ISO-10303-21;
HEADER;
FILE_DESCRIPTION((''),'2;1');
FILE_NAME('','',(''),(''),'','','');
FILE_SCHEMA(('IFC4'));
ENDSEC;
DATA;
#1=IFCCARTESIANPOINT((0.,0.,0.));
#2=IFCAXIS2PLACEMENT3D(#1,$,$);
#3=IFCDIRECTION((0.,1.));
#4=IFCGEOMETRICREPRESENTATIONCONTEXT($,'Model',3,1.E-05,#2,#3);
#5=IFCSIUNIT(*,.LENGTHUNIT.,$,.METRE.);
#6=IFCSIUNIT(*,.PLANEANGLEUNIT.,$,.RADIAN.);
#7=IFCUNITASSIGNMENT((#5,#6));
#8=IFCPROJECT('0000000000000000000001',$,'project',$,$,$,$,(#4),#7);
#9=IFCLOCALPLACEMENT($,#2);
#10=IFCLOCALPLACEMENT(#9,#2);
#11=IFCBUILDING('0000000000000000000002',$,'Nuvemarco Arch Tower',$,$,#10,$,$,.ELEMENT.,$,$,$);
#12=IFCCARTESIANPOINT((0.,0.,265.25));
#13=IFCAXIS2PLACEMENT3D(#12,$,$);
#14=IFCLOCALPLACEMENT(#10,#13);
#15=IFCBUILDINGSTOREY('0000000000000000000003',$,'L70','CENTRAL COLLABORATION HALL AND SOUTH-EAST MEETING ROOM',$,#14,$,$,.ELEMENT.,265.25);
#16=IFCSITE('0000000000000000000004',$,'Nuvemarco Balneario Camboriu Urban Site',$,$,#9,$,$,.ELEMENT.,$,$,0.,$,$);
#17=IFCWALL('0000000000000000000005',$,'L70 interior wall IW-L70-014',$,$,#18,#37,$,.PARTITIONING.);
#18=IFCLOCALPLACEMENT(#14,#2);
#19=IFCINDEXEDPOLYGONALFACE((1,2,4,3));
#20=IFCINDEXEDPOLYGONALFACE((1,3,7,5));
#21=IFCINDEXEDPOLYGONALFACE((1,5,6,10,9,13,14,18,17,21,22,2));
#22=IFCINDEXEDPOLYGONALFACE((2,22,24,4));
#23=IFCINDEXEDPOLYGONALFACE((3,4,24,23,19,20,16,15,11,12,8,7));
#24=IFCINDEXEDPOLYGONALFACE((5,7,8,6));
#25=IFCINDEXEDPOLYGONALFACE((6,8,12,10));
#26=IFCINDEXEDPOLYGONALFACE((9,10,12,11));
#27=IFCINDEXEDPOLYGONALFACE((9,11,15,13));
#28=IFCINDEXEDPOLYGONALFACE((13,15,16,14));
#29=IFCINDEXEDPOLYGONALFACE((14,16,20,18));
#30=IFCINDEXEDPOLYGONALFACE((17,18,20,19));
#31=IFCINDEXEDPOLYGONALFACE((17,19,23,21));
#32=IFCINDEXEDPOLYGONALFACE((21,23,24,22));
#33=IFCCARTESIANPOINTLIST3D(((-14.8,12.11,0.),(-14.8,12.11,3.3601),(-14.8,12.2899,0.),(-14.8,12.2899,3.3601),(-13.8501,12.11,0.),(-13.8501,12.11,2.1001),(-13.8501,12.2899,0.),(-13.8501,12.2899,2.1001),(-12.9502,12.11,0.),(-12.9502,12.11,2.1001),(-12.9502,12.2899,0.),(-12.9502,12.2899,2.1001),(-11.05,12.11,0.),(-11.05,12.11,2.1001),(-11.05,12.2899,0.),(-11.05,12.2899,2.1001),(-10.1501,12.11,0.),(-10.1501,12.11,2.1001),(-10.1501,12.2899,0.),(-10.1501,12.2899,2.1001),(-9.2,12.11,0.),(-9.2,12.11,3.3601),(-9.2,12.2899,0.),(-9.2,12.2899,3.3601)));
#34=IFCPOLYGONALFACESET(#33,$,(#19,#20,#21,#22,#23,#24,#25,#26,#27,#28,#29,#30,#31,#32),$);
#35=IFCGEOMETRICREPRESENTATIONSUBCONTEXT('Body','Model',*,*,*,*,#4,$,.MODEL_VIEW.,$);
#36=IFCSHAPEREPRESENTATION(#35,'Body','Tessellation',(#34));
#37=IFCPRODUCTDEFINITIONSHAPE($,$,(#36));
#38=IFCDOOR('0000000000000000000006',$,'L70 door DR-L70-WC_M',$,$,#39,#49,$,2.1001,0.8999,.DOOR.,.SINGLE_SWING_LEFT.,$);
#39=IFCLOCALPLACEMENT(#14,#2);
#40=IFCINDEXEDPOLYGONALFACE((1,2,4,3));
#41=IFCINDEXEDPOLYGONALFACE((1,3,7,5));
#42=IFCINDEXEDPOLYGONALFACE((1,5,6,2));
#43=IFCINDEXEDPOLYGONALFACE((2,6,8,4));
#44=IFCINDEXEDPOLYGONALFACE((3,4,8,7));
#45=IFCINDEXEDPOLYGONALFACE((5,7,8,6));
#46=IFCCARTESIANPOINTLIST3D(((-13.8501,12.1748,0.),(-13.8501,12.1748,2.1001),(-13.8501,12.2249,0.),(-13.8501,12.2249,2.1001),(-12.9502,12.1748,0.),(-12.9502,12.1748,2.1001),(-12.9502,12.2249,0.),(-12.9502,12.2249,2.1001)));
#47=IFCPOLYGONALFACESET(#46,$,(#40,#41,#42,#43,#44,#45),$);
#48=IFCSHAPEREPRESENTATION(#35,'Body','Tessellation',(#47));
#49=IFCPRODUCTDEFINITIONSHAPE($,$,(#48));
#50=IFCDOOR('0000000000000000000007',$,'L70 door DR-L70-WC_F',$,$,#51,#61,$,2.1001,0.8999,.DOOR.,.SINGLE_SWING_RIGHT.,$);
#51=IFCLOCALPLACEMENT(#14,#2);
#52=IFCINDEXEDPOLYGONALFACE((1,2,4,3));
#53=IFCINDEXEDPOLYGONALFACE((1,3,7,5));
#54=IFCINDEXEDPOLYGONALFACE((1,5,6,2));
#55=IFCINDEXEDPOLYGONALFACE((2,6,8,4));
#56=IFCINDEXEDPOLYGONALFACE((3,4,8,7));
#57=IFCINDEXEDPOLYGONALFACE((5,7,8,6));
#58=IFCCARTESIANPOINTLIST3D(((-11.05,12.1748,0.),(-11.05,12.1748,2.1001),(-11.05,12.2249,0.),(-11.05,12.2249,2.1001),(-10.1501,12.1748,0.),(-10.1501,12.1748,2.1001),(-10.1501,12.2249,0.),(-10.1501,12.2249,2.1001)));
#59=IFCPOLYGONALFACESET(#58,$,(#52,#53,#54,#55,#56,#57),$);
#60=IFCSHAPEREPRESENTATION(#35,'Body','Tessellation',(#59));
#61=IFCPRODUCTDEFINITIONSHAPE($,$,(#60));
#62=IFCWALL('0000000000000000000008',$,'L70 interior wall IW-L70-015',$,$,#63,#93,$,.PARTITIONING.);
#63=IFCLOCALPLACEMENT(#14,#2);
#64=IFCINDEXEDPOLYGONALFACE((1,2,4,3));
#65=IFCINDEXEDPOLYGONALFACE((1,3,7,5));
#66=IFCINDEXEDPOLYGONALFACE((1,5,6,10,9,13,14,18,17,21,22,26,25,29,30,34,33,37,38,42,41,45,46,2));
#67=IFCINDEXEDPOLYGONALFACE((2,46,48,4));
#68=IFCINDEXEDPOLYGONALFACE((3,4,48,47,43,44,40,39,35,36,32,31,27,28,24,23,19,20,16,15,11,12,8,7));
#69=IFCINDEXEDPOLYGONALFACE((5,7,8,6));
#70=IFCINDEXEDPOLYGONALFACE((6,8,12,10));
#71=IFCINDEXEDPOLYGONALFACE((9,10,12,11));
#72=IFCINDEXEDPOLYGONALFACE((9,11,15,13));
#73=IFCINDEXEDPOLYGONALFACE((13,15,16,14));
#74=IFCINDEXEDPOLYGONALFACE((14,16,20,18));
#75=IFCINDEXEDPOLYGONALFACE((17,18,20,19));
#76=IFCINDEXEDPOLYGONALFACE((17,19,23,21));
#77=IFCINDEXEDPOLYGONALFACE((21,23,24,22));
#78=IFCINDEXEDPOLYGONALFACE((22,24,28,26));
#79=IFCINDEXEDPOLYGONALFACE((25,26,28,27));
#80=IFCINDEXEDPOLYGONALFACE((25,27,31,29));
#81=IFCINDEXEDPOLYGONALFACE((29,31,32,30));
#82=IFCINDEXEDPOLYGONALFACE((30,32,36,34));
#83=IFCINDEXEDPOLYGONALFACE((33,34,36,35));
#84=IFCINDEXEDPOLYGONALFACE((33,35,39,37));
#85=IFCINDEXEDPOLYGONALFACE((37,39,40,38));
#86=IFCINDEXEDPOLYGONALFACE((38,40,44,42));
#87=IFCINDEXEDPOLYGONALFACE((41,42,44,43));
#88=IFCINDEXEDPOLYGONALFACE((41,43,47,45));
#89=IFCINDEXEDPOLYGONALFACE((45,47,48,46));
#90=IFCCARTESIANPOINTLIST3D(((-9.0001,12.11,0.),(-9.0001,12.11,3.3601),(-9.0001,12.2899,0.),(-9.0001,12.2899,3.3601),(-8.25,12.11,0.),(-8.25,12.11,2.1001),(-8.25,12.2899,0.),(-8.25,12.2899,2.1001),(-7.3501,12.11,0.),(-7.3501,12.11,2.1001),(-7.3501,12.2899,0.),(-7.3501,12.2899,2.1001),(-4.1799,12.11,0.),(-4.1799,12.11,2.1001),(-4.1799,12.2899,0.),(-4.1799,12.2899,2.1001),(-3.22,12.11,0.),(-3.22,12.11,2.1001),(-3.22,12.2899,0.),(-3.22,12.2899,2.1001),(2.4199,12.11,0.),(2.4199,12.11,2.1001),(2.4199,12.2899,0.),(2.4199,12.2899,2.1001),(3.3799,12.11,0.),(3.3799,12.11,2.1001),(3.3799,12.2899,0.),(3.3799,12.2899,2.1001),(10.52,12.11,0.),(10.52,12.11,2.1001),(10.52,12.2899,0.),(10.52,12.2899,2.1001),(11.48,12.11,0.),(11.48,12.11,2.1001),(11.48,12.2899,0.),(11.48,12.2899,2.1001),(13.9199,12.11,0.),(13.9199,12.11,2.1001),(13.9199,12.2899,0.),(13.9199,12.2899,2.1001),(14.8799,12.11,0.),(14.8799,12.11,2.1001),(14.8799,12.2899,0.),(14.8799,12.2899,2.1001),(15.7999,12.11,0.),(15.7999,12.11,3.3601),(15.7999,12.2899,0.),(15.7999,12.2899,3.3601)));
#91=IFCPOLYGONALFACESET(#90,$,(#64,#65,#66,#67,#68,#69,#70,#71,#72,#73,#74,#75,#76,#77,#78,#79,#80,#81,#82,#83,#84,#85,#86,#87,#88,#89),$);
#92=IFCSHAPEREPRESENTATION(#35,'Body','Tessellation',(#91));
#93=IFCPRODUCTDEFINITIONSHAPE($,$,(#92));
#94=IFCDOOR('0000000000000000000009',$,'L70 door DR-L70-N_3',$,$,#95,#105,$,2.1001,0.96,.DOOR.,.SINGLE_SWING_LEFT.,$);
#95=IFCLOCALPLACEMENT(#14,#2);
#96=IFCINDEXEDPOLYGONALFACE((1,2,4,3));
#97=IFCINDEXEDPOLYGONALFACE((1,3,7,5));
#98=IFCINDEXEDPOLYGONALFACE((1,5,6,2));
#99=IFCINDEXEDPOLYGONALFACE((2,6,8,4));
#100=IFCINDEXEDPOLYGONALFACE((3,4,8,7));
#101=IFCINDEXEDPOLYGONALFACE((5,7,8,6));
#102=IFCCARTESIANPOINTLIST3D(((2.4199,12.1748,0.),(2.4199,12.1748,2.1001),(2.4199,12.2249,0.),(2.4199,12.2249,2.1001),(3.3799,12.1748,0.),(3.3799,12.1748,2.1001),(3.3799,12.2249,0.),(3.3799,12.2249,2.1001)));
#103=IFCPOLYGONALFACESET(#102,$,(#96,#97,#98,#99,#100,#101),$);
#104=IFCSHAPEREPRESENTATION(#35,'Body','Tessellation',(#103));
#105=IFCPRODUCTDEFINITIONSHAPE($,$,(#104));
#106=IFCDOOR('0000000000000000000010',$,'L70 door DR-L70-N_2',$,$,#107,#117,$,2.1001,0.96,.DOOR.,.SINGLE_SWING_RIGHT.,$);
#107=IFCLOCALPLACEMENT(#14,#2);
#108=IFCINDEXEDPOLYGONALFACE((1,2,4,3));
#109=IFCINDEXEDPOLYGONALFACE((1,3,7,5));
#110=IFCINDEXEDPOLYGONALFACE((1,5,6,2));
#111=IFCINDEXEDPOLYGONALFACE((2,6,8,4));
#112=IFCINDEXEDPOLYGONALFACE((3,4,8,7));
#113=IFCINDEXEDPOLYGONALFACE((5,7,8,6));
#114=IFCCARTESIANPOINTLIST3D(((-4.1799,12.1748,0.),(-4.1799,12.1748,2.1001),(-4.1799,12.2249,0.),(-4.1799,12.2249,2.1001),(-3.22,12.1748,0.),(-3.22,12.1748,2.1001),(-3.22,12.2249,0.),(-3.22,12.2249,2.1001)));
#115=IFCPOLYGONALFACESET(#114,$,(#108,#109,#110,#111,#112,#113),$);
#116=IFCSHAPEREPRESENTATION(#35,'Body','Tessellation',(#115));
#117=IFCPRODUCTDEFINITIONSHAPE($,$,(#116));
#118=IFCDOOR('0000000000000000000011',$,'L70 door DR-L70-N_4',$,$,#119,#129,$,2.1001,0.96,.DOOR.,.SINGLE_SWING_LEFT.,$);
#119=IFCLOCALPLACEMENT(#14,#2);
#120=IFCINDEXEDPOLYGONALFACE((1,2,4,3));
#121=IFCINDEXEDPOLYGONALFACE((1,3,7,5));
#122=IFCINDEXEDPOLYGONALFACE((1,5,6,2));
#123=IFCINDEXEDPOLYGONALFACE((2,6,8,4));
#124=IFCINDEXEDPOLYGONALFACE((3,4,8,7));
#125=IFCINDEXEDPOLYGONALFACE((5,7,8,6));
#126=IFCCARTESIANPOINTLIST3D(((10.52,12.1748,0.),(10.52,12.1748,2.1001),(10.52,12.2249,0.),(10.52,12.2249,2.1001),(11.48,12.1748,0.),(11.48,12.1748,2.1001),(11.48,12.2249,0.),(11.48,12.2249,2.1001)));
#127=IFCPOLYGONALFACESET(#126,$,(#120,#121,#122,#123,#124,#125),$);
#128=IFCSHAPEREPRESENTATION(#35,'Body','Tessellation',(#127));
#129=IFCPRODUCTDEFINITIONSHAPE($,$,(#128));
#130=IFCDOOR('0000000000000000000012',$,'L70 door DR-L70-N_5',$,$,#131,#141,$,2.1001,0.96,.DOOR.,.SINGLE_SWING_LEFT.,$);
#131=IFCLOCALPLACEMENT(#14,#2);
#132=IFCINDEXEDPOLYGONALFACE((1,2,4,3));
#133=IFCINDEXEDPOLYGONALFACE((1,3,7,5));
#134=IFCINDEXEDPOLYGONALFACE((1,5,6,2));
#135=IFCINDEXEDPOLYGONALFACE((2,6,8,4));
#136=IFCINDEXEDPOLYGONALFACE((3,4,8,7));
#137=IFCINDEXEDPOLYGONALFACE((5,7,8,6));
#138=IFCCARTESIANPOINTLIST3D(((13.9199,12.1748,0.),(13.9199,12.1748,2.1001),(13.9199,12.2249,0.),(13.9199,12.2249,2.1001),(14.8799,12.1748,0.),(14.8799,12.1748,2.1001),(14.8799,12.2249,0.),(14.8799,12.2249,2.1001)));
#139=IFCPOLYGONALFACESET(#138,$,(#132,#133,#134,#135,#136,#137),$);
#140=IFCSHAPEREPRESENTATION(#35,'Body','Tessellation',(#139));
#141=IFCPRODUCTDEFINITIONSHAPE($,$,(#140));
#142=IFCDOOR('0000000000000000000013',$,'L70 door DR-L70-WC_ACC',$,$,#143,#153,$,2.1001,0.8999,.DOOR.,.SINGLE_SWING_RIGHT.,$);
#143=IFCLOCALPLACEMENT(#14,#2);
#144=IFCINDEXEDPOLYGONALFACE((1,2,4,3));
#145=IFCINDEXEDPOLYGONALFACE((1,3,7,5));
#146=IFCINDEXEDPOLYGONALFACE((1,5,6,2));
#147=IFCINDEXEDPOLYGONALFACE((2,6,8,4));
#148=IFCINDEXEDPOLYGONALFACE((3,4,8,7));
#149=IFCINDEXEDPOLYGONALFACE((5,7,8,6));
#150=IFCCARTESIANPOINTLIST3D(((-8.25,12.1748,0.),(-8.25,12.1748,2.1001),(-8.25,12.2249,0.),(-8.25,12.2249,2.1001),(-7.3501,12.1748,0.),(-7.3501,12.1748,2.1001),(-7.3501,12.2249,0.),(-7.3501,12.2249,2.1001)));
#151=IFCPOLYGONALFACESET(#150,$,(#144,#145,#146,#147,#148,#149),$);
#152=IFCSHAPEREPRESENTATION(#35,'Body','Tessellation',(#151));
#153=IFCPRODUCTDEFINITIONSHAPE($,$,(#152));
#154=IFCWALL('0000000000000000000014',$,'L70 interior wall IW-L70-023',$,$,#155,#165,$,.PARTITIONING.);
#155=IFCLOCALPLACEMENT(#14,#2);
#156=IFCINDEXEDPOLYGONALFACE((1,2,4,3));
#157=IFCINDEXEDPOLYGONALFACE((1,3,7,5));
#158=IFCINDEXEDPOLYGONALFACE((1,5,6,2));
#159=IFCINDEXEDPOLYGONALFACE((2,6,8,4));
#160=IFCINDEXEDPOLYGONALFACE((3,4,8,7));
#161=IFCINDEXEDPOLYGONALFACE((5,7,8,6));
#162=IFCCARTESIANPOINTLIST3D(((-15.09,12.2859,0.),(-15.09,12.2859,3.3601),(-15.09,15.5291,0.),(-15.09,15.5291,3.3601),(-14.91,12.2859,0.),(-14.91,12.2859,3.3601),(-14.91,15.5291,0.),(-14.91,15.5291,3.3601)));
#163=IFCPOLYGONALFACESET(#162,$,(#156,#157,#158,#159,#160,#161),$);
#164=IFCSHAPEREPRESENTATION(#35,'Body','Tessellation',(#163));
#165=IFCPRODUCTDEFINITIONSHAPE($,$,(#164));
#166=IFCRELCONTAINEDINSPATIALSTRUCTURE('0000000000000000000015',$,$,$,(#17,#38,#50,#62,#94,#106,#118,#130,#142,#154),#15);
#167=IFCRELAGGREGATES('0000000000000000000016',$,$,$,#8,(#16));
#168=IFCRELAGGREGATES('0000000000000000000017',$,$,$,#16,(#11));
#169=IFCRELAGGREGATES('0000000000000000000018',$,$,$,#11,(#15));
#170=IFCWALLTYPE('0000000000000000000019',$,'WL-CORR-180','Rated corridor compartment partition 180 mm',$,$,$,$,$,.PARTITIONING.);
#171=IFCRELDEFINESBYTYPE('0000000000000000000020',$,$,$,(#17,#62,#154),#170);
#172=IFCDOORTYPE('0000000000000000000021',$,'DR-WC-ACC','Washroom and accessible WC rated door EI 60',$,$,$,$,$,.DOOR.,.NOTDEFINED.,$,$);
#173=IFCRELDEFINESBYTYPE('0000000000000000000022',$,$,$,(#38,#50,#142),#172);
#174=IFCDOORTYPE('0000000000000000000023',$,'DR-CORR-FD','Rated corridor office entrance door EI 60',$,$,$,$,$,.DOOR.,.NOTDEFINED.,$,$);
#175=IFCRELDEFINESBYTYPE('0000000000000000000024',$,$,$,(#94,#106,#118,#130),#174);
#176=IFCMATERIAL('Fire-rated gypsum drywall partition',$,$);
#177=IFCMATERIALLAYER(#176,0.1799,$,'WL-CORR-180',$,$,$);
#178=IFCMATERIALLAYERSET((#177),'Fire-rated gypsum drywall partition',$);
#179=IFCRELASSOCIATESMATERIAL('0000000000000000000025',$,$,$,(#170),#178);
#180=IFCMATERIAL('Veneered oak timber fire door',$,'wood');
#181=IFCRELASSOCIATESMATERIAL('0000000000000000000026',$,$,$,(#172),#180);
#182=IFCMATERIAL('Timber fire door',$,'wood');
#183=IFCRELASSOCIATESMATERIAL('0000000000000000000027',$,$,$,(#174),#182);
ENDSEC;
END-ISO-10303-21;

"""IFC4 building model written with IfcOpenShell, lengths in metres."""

from ifc_helpers import new_model, si_unit, direction, frame, frame_2d, origin, place, context, subcontext, project, spatial, rectangle, extrude, source, transform, mapped, material, layer, layer_set, type_object, type_shapes, element, fill, save


model = new_model("IFC4")

# Units and contexts
model_context = context("Model", 3, precision=1e-05, world=origin(), true_north=direction((0.0, 1.0)))
body_context = subcontext(model_context, "Body", "Model", "MODEL_VIEW")
ifc_project = project(units=[si_unit("LENGTHUNIT", "METRE"), si_unit("PLANEANGLEUNIT", "RADIAN")], contexts=[model_context])

# Site, building, storey
site_placement = place(None, origin())
site = spatial("IfcSite", under=ifc_project, at=site_placement, Name="Nuvemarco Balneario Camboriu Urban Site", CompositionType="ELEMENT", RefElevation=0.0)
building_placement = place(site_placement, origin())
building = spatial("IfcBuilding", under=site, at=building_placement, Name="Nuvemarco Arch Tower", CompositionType="ELEMENT")
storey_placement = place(building_placement, frame((0.0, 0.0, 265.25)))
storey = spatial("IfcBuildingStorey", under=building, at=storey_placement, Name="L70", Description="CENTRAL COLLABORATION HALL AND SOUTH-EAST MEETING ROOM", CompositionType="ELEMENT", Elevation=265.25)

# Shared definitions
ifc_material_1 = material(Name="Fire-rated gypsum drywall partition")
ifc_layer_1 = layer(ifc_material_1, 0.1799, Name="WL-CORR-180")
ifc_layer_set_1 = layer_set([ifc_layer_1], Name="Fire-rated gypsum drywall partition")
wall_type_1 = type_object("IfcWallType", Name="WL-CORR-180", Description="Rated corridor compartment partition 180 mm", PredefinedType="PARTITIONING", material=ifc_layer_set_1)

# Walls, openings, doors
wall_1_placement = place(storey_placement, frame((-14.8, 12.2, 0.0), z_axis=(0.0, 0.0, 1.0), x_axis=(1.0, 0.0, 0.0)))
wall_1 = element("IfcWall", 1, at=wall_1_placement, inside=storey, type_object=wall_type_1, Name="L70 interior wall IW-L70-014", PredefinedType="PARTITIONING", context=body_context, shape_type="SweptSolid", body=[
    extrude(rectangle(XDim=5.6001, YDim=0.1799, at=frame_2d((2.8, 0.0))), origin(), (0.0, 0.0, 1.0), 3.3601),
])
opening_1_placement = place(wall_1_placement, frame((0.95, 0.0, 0.0)))
opening_1 = element("IfcOpeningElement", 2, at=opening_1_placement, cuts=wall_1, PredefinedType="OPENING", context=body_context, shape_type="SweptSolid", body=[
    extrude(rectangle(XDim=0.8999, YDim=2.1001, at=frame_2d((0.45, 1.05))), frame((0.0, 0.0999, 0.0), z_axis=(0.0, -1.0, 0.0), x_axis=(1.0, 0.0, 0.0)), (0.0, 0.0, 1.0), 0.2),
])
opening_2_placement = place(wall_1_placement, frame((3.75, 0.0, 0.0)))
opening_2 = element("IfcOpeningElement", 3, at=opening_2_placement, cuts=wall_1, PredefinedType="OPENING", context=body_context, shape_type="SweptSolid", body=[
    extrude(rectangle(XDim=0.8999, YDim=2.1001, at=frame_2d((0.45, 1.05))), frame((0.0, 0.0999, 0.0), z_axis=(0.0, -1.0, 0.0), x_axis=(1.0, 0.0, 0.0)), (0.0, 0.0, 1.0), 0.2),
])
ifc_material_2 = material(Name="Veneered oak timber fire door", Category="wood")
door_type_1 = type_object("IfcDoorType", Name="DR-WC-ACC", Description="Washroom and accessible WC rated door EI 60", OperationType="NOTDEFINED", PredefinedType="DOOR", material=ifc_material_2)
shared_shape_1 = source(origin(), body_context, "Body", "SweptSolid", [
    extrude(rectangle(XDim=0.8999, YDim=2.1001, at=frame_2d((0.45, 1.05))), frame((0.0, 0.0249, 0.0), z_axis=(0.0, -1.0, 0.0), x_axis=(1.0, 0.0, 0.0)), (0.0, 0.0, 1.0), 0.05),
])
type_shapes(door_type_1, [shared_shape_1])
door_1_placement = place(opening_1_placement, origin())
door_1 = element("IfcDoor", 4, at=door_1_placement, inside=storey, type_object=door_type_1, Name="L70 door DR-L70-WC_M", OperationType="SINGLE_SWING_LEFT", OverallHeight=2.1001, OverallWidth=0.8999, PredefinedType="DOOR", context=body_context, shape_type="MappedRepresentation", body=[
    mapped(shared_shape_1, transform((0.0, 0.0, 0.0), scale=1.0)),
])
fill(opening_1, door_1)
door_2_placement = place(opening_2_placement, origin())
door_2 = element("IfcDoor", 5, at=door_2_placement, inside=storey, type_object=door_type_1, Name="L70 door DR-L70-WC_F", OperationType="SINGLE_SWING_RIGHT", OverallHeight=2.1001, OverallWidth=0.8999, PredefinedType="DOOR", context=body_context, shape_type="MappedRepresentation", body=[
    mapped(shared_shape_1, transform((0.0, 0.0, 0.0), scale=1.0)),
])
fill(opening_2, door_2)
wall_2_placement = place(storey_placement, frame((-9.0, 12.2, 0.0), z_axis=(0.0, 0.0, 1.0), x_axis=(1.0, 0.0, 0.0)))
wall_2 = element("IfcWall", 6, at=wall_2_placement, inside=storey, type_object=wall_type_1, Name="L70 interior wall IW-L70-015", PredefinedType="PARTITIONING", context=body_context, shape_type="SweptSolid", body=[
    extrude(rectangle(XDim=24.8, YDim=0.1799, at=frame_2d((12.3999, 0.0))), origin(), (0.0, 0.0, 1.0), 3.3601),
])
opening_3_placement = place(wall_2_placement, frame((11.4199, 0.0, 0.0)))
opening_3 = element("IfcOpeningElement", 7, at=opening_3_placement, cuts=wall_2, PredefinedType="OPENING", context=body_context, shape_type="SweptSolid", body=[
    extrude(rectangle(XDim=0.96, YDim=2.1001, at=frame_2d((0.48, 1.05))), frame((0.0, 0.0999, 0.0), z_axis=(0.0, -1.0, 0.0), x_axis=(1.0, 0.0, 0.0)), (0.0, 0.0, 1.0), 0.2),
])
opening_4_placement = place(wall_2_placement, frame((4.8201, 0.0, 0.0)))
opening_4 = element("IfcOpeningElement", 8, at=opening_4_placement, cuts=wall_2, PredefinedType="OPENING", context=body_context, shape_type="SweptSolid", body=[
    extrude(rectangle(XDim=0.96, YDim=2.1001, at=frame_2d((0.48, 1.05))), frame((0.0, 0.0999, 0.0), z_axis=(0.0, -1.0, 0.0), x_axis=(1.0, 0.0, 0.0)), (0.0, 0.0, 1.0), 0.2),
])
opening_5_placement = place(wall_2_placement, frame((19.52, 0.0, 0.0)))
opening_5 = element("IfcOpeningElement", 9, at=opening_5_placement, cuts=wall_2, PredefinedType="OPENING", context=body_context, shape_type="SweptSolid", body=[
    extrude(rectangle(XDim=0.96, YDim=2.1001, at=frame_2d((0.48, 1.05))), frame((0.0, 0.0999, 0.0), z_axis=(0.0, -1.0, 0.0), x_axis=(1.0, 0.0, 0.0)), (0.0, 0.0, 1.0), 0.2),
])
opening_6_placement = place(wall_2_placement, frame((22.9199, 0.0, 0.0)))
opening_6 = element("IfcOpeningElement", 10, at=opening_6_placement, cuts=wall_2, PredefinedType="OPENING", context=body_context, shape_type="SweptSolid", body=[
    extrude(rectangle(XDim=0.96, YDim=2.1001, at=frame_2d((0.48, 1.05))), frame((0.0, 0.0999, 0.0), z_axis=(0.0, -1.0, 0.0), x_axis=(1.0, 0.0, 0.0)), (0.0, 0.0, 1.0), 0.2),
])
opening_7_placement = place(wall_2_placement, frame((0.75, 0.0, 0.0)))
opening_7 = element("IfcOpeningElement", 11, at=opening_7_placement, cuts=wall_2, PredefinedType="OPENING", context=body_context, shape_type="SweptSolid", body=[
    extrude(rectangle(XDim=0.8999, YDim=2.1001, at=frame_2d((0.45, 1.05))), frame((0.0, 0.0999, 0.0), z_axis=(0.0, -1.0, 0.0), x_axis=(1.0, 0.0, 0.0)), (0.0, 0.0, 1.0), 0.2),
])
ifc_material_3 = material(Name="Timber fire door", Category="wood")
door_type_2 = type_object("IfcDoorType", Name="DR-CORR-FD", Description="Rated corridor office entrance door EI 60", OperationType="NOTDEFINED", PredefinedType="DOOR", material=ifc_material_3)
shared_shape_2 = source(origin(), body_context, "Body", "SweptSolid", [
    extrude(rectangle(XDim=0.96, YDim=2.1001, at=frame_2d((0.48, 1.05))), frame((0.0, 0.0249, 0.0), z_axis=(0.0, -1.0, 0.0), x_axis=(1.0, 0.0, 0.0)), (0.0, 0.0, 1.0), 0.05),
])
type_shapes(door_type_2, [shared_shape_2])
door_3_placement = place(opening_3_placement, origin())
door_3 = element("IfcDoor", 12, at=door_3_placement, inside=storey, type_object=door_type_2, Name="L70 door DR-L70-N_3", OperationType="SINGLE_SWING_LEFT", OverallHeight=2.1001, OverallWidth=0.96, PredefinedType="DOOR", context=body_context, shape_type="MappedRepresentation", body=[
    mapped(shared_shape_2, transform((0.0, 0.0, 0.0), scale=1.0)),
])
fill(opening_3, door_3)
door_4_placement = place(opening_4_placement, origin())
door_4 = element("IfcDoor", 13, at=door_4_placement, inside=storey, type_object=door_type_2, Name="L70 door DR-L70-N_2", OperationType="SINGLE_SWING_RIGHT", OverallHeight=2.1001, OverallWidth=0.96, PredefinedType="DOOR", context=body_context, shape_type="MappedRepresentation", body=[
    mapped(shared_shape_2, transform((0.0, 0.0, 0.0), scale=1.0)),
])
fill(opening_4, door_4)
door_5_placement = place(opening_5_placement, origin())
door_5 = element("IfcDoor", 14, at=door_5_placement, inside=storey, type_object=door_type_2, Name="L70 door DR-L70-N_4", OperationType="SINGLE_SWING_LEFT", OverallHeight=2.1001, OverallWidth=0.96, PredefinedType="DOOR", context=body_context, shape_type="MappedRepresentation", body=[
    mapped(shared_shape_2, transform((0.0, 0.0, 0.0), scale=1.0)),
])
fill(opening_5, door_5)
door_6_placement = place(opening_6_placement, origin())
door_6 = element("IfcDoor", 15, at=door_6_placement, inside=storey, type_object=door_type_2, Name="L70 door DR-L70-N_5", OperationType="SINGLE_SWING_LEFT", OverallHeight=2.1001, OverallWidth=0.96, PredefinedType="DOOR", context=body_context, shape_type="MappedRepresentation", body=[
    mapped(shared_shape_2, transform((0.0, 0.0, 0.0), scale=1.0)),
])
fill(opening_6, door_6)
door_7_placement = place(opening_7_placement, origin())
door_7 = element("IfcDoor", 16, at=door_7_placement, inside=storey, type_object=door_type_1, Name="L70 door DR-L70-WC_ACC", OperationType="SINGLE_SWING_RIGHT", OverallHeight=2.1001, OverallWidth=0.8999, PredefinedType="DOOR", context=body_context, shape_type="MappedRepresentation", body=[
    mapped(shared_shape_1, transform((0.0, 0.0, 0.0), scale=1.0)),
])
fill(opening_7, door_7)

# Wall
wall_3_placement = place(storey_placement, frame((-15.0, 12.2859, 0.0), z_axis=(0.0, 0.0, 1.0), x_axis=(0.0, 1.0, 0.0)))
element("IfcWall", 17, at=wall_3_placement, inside=storey, type_object=wall_type_1, Name="L70 interior wall IW-L70-023", PredefinedType="PARTITIONING", context=body_context, shape_type="SweptSolid", body=[
    extrude(rectangle(XDim=3.2432, YDim=0.1799, at=frame_2d((1.6216, 0.0))), origin(), (0.0, 0.0, 1.0), 3.3601),
])

save(model, "model.ifc")
